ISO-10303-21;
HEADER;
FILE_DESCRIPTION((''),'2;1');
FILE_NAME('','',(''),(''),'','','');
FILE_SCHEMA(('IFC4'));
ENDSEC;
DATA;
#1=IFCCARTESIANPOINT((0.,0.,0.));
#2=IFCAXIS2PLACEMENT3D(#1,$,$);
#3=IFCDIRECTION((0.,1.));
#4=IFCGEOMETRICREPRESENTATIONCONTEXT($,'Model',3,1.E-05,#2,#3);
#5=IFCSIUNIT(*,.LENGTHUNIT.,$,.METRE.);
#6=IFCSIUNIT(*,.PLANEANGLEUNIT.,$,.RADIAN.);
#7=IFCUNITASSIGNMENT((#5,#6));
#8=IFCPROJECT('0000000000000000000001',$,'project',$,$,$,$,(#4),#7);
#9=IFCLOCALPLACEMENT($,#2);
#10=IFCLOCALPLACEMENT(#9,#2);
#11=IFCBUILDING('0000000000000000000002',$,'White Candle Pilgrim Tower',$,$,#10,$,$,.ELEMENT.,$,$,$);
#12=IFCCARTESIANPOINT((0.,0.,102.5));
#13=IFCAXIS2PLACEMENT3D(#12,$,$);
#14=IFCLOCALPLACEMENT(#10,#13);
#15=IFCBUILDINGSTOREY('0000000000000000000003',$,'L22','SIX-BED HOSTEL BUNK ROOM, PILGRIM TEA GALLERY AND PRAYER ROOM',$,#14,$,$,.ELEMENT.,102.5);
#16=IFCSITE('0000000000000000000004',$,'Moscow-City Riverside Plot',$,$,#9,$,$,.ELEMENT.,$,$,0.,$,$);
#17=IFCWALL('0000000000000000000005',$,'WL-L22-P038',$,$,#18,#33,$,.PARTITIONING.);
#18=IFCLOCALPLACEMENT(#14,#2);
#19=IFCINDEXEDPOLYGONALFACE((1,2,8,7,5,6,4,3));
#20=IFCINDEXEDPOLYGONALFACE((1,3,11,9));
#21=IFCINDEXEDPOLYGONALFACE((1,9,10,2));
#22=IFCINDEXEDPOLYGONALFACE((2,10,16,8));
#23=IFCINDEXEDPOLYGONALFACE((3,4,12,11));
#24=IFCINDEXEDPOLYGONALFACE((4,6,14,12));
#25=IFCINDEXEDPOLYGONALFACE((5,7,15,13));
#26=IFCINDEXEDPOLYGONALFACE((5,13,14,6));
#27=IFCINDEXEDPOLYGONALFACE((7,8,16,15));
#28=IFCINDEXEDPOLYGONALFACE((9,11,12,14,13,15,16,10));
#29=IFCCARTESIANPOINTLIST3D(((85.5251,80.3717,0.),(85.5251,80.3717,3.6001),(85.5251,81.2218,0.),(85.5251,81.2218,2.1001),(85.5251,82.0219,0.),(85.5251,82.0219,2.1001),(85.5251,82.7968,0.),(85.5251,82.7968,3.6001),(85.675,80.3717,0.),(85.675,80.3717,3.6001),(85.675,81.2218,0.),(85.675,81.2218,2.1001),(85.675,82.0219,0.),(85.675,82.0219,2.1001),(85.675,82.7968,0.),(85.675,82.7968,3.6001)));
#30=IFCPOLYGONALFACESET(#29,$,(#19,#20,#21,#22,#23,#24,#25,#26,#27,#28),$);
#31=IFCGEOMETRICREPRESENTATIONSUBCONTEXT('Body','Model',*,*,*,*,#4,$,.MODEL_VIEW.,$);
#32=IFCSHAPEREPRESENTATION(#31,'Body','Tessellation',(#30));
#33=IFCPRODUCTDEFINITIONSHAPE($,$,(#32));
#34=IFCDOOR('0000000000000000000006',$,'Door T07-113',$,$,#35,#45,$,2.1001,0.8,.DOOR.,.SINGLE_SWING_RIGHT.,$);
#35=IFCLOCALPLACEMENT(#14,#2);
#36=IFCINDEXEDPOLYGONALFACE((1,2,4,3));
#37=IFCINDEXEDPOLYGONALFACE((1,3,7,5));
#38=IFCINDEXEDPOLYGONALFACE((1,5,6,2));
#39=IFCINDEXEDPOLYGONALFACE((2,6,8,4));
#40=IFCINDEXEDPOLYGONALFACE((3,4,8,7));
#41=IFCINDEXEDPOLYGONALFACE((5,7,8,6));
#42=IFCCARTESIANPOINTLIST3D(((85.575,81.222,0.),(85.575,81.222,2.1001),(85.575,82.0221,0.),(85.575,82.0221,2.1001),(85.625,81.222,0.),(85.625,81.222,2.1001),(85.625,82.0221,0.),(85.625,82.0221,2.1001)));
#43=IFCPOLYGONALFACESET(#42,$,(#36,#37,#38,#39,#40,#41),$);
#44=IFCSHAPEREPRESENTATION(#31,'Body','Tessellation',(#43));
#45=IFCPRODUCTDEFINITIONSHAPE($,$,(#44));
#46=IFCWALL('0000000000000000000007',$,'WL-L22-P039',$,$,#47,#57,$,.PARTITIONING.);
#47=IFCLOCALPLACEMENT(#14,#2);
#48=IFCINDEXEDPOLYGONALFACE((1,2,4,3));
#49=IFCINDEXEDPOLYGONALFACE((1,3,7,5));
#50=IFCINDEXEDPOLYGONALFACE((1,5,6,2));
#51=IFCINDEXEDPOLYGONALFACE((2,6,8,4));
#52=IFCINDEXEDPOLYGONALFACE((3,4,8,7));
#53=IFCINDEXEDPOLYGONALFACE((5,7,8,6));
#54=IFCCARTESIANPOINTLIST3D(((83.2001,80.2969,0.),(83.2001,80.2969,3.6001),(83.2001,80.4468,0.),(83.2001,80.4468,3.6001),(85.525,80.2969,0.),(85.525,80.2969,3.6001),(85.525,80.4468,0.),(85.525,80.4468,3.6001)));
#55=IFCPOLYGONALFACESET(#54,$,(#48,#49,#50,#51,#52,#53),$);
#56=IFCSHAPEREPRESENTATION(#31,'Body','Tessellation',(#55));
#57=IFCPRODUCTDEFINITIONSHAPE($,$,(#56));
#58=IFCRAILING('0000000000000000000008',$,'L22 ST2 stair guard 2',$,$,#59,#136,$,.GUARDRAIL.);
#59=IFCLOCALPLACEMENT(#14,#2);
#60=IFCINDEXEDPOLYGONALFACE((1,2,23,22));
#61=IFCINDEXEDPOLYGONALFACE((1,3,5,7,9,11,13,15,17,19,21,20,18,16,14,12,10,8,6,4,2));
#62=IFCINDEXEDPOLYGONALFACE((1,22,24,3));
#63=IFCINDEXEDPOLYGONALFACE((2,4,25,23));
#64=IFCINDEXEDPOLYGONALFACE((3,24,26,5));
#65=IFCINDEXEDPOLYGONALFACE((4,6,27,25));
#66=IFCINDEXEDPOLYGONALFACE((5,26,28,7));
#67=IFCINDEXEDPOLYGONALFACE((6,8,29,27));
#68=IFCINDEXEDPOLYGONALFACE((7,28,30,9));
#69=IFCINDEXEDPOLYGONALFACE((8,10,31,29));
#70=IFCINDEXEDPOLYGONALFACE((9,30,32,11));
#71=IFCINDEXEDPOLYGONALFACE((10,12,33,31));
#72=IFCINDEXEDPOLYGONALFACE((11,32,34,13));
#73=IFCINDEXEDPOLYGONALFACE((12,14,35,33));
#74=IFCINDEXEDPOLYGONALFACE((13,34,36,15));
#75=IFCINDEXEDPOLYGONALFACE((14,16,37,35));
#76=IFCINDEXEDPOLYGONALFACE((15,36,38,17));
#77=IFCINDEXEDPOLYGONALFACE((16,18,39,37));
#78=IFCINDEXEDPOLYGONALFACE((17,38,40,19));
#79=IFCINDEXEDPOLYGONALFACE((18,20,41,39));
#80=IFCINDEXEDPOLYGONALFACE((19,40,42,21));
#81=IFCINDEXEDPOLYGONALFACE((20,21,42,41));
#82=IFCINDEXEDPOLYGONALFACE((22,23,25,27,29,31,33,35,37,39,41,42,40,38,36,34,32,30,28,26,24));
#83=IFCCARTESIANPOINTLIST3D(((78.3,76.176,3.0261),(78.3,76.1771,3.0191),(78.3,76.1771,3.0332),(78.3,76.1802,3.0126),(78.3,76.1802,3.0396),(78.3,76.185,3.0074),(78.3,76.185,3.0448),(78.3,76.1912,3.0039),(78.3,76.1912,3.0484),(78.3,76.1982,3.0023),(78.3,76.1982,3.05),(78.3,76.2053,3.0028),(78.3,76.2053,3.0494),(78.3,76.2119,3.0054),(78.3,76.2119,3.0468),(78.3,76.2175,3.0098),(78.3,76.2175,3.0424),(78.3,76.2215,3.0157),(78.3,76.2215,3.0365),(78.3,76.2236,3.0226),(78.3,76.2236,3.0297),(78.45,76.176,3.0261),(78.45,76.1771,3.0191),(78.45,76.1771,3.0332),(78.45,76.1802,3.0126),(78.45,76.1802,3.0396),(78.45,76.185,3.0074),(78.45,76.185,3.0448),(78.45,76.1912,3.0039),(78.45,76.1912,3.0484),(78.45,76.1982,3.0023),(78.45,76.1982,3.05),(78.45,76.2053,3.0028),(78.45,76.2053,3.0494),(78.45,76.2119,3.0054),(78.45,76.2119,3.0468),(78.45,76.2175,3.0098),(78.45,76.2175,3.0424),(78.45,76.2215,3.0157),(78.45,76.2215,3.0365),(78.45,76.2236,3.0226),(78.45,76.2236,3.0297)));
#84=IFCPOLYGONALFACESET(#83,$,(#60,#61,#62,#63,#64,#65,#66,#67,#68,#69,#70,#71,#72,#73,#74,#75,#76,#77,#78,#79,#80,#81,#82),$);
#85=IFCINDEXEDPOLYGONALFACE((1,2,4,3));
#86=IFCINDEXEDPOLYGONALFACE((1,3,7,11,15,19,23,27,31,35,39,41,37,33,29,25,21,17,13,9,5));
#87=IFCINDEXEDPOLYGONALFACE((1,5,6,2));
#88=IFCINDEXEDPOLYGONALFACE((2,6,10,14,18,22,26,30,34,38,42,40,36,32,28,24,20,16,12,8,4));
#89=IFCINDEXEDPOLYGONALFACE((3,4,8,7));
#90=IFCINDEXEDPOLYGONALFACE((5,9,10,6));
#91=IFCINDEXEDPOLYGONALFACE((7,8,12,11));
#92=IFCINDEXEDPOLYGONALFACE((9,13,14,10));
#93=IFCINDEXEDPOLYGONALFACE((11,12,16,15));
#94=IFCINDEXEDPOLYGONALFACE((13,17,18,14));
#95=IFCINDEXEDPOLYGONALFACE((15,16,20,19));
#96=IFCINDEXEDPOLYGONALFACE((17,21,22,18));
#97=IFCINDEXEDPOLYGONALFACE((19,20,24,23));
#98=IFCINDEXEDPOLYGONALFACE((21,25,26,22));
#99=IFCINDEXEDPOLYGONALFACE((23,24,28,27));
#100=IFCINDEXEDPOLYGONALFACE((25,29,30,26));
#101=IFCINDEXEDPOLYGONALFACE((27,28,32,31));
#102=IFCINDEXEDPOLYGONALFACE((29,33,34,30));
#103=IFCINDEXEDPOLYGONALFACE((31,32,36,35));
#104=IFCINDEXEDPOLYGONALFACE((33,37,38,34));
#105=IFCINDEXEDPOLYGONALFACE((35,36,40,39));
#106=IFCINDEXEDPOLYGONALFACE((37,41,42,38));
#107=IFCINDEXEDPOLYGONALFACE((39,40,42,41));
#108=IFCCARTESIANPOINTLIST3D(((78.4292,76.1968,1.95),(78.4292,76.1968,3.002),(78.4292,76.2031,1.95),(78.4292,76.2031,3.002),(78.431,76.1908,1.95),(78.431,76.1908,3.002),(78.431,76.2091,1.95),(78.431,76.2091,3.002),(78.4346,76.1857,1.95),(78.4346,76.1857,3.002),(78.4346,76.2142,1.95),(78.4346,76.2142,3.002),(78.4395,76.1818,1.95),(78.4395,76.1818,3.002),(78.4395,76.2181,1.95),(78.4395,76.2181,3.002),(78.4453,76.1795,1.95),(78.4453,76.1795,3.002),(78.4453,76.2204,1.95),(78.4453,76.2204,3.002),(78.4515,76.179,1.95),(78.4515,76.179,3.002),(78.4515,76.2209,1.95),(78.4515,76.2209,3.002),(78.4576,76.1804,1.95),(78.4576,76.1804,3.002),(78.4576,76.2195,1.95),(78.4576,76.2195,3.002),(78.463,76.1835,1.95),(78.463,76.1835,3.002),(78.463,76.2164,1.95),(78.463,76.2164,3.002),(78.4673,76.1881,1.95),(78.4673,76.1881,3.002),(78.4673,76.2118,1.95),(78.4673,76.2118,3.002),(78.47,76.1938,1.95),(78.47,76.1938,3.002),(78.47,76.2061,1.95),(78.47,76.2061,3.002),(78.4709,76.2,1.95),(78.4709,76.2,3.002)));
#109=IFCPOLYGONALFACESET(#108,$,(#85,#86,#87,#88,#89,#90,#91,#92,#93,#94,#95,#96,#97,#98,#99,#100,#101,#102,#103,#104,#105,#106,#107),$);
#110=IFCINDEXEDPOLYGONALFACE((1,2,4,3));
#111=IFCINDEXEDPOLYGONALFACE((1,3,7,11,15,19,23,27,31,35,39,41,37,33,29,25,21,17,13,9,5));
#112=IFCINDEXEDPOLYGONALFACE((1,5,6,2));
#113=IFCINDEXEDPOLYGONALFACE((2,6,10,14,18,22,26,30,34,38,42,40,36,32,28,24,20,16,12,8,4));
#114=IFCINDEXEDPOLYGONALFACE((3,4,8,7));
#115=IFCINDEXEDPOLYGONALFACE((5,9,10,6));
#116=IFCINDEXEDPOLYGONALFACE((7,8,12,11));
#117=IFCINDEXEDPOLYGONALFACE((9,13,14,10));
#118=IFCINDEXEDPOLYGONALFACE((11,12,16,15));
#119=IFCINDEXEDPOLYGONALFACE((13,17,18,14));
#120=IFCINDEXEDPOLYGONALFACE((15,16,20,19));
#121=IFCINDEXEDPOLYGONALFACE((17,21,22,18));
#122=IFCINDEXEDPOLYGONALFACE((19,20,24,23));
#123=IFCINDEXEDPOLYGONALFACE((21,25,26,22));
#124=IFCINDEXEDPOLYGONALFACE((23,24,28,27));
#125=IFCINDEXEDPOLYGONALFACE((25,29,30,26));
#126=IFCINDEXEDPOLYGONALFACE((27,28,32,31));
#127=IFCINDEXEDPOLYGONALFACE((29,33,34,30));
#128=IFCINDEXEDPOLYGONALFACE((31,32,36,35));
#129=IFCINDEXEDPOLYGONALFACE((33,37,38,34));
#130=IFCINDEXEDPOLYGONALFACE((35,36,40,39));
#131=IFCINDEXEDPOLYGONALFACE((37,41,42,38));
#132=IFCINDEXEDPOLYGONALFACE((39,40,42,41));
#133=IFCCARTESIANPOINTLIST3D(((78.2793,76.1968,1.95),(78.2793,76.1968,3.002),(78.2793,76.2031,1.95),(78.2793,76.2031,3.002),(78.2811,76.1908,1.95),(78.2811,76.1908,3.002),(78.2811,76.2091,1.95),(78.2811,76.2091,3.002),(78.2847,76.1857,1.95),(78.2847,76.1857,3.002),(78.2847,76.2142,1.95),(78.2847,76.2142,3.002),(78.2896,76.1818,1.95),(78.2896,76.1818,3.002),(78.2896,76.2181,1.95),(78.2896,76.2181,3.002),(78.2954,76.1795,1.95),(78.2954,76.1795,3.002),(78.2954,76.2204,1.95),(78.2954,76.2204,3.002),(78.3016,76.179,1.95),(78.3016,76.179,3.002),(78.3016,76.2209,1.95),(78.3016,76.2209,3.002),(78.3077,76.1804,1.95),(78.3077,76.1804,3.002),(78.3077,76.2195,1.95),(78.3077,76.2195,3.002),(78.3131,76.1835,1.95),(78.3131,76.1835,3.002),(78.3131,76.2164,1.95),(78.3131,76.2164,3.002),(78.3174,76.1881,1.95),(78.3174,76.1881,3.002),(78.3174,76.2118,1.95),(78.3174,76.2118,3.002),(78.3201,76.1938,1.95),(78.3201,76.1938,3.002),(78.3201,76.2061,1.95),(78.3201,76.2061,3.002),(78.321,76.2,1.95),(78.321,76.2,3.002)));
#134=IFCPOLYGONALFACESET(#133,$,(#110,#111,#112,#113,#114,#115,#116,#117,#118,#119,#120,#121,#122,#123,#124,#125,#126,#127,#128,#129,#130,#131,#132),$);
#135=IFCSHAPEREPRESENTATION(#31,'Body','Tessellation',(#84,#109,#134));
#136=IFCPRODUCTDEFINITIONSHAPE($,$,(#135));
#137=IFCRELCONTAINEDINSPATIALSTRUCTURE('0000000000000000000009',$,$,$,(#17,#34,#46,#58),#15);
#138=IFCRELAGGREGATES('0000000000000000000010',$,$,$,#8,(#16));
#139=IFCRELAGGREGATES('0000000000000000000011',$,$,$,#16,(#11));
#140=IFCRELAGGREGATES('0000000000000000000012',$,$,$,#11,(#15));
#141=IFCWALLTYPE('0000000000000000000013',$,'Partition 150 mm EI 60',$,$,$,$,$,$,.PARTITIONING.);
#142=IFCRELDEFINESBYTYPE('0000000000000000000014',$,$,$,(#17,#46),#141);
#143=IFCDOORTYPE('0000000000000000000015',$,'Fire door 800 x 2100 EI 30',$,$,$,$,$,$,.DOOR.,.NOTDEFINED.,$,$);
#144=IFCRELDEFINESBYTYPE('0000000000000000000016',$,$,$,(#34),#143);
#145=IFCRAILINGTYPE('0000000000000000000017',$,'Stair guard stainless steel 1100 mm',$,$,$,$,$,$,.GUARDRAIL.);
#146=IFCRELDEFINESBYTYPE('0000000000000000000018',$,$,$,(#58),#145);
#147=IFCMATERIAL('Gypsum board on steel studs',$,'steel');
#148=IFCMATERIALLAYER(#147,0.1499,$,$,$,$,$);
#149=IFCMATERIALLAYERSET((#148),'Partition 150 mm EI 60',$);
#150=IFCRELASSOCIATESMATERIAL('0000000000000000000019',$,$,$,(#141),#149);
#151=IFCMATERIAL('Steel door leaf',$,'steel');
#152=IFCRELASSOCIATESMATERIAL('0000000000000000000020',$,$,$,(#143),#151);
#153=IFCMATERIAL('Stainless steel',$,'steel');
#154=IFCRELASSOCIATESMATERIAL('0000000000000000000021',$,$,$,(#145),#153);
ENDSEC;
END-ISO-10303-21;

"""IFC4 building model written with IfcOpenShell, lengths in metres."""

from ifc_helpers import new_model, si_unit, direction, frame, frame_2d, origin, origin_2d, place, context, subcontext, project, spatial, rectangle, circle, extrude, material, layer, layer_set, type_object, element, fill, save


model = new_model("IFC4")

# Units and contexts
model_context = context("Model", 3, precision=1e-05, world=origin(), true_north=direction((0.0, 1.0)))
body_context = subcontext(model_context, "Body", "Model", "MODEL_VIEW")
ifc_project = project(units=[si_unit("LENGTHUNIT", "METRE"), si_unit("PLANEANGLEUNIT", "RADIAN")], contexts=[model_context])

# Site, building, storey
site_placement = place(None, origin())
site = spatial("IfcSite", under=ifc_project, at=site_placement, Name="Moscow-City Riverside Plot", CompositionType="ELEMENT", RefElevation=0.0)
building_placement = place(site_placement, origin())
building = spatial("IfcBuilding", under=site, at=building_placement, Name="White Candle Pilgrim Tower", CompositionType="ELEMENT")
storey_placement = place(building_placement, frame((0.0, 0.0, 102.5)))
storey = spatial("IfcBuildingStorey", under=building, at=storey_placement, Name="L22", Description="SIX-BED HOSTEL BUNK ROOM, PILGRIM TEA GALLERY AND PRAYER ROOM", CompositionType="ELEMENT", Elevation=102.5)

# Shared definitions
ifc_material_1 = material(Name="Steel door leaf", Category="steel")

# Shared definitions
ifc_material_2 = material(Name="Gypsum board on steel studs", Category="steel")

# Shared definitions
ifc_layer_1 = layer(ifc_material_2, 0.1499)
ifc_layer_set_1 = layer_set([ifc_layer_1], Name="Partition 150 mm EI 60")
wall_type_1 = type_object("IfcWallType", Name="Partition 150 mm EI 60", PredefinedType="PARTITIONING", material=ifc_layer_set_1)

# Wall, opening, door
wall_1_placement = place(storey_placement, frame((85.6001, 80.3718, 0.0), z_axis=(0.0, 0.0, 1.0), x_axis=(0.0, 1.0, 0.0)))
wall_1 = element("IfcWall", 1, at=wall_1_placement, inside=storey, type_object=wall_type_1, Name="WL-L22-P038", PredefinedType="PARTITIONING", context=body_context, shape_type="SweptSolid", body=[
    extrude(rectangle(XDim=2.425, YDim=0.1499, at=frame_2d((1.2124, 0.0))), origin(), (0.0, 0.0, 1.0), 3.6001),
])
opening_1_placement = place(wall_1_placement, frame((0.8501, 0.0, 0.0)))
opening_1 = element("IfcOpeningElement", 2, at=opening_1_placement, cuts=wall_1, PredefinedType="OPENING", context=body_context, shape_type="SweptSolid", body=[
    extrude(rectangle(XDim=0.8, YDim=2.1001, at=frame_2d((0.3999, 1.05))), frame((0.0, 0.085, 0.0), z_axis=(0.0, -1.0, 0.0), x_axis=(1.0, 0.0, 0.0)), (0.0, 0.0, 1.0), 0.1699),
])
door_type_1 = type_object("IfcDoorType", Name="Fire door 800 x 2100 EI 30", OperationType="NOTDEFINED", PredefinedType="DOOR", material=ifc_material_1)
door_1_placement = place(opening_1_placement, frame((0.8, 0.0, 0.0), z_axis=(0.0, 0.0, 1.0), x_axis=(-1.0, 0.0, 0.0)))
door_1 = element("IfcDoor", 3, at=door_1_placement, inside=storey, type_object=door_type_1, Name="Door T07-113", OperationType="SINGLE_SWING_RIGHT", OverallHeight=2.1001, OverallWidth=0.8, PredefinedType="DOOR", context=body_context, shape_type="SweptSolid", body=[
    extrude(rectangle(XDim=0.8, YDim=2.1001, at=frame_2d((0.3999, 1.05))), frame((0.0, 0.0249, 0.0), z_axis=(0.0, -1.0, 0.0), x_axis=(1.0, 0.0, 0.0)), (0.0, 0.0, 1.0), 0.05),
])
fill(opening_1, door_1)

# Wall
wall_2_placement = place(storey_placement, frame((83.2, 80.3718, 0.0), z_axis=(0.0, 0.0, 1.0), x_axis=(1.0, 0.0, 0.0)))
element("IfcWall", 4, at=wall_2_placement, inside=storey, type_object=wall_type_1, Name="WL-L22-P039", PredefinedType="PARTITIONING", context=body_context, shape_type="SweptSolid", body=[
    extrude(rectangle(XDim=2.325, YDim=0.1499, at=frame_2d((1.1626, 0.0))), origin(), (0.0, 0.0, 1.0), 3.6001),
])

# Railing
ifc_material_3 = material(Name="Stainless steel", Category="steel")
railing_type = type_object("IfcRailingType", Name="Stair guard stainless steel 1100 mm", PredefinedType="GUARDRAIL", material=ifc_material_3)
railing_1_placement = place(storey_placement, frame((78.45, 76.2, 1.95)))
element("IfcRailing", 5, at=railing_1_placement, inside=storey, type_object=railing_type, Name="L22 ST2 stair guard 2", PredefinedType="GUARDRAIL", context=body_context, shape_type="SweptSolid", body=[
    extrude(circle(Radius=0.0239, at=origin_2d()), frame((0.0, 0.0, 1.0762), z_axis=(-1.0, 0.0, 0.0), x_axis=(0.0, -1.0, 0.0)), (0.0, 0.0, 1.0), 0.1499),
    extrude(circle(Radius=0.021, at=origin_2d()), origin(), (0.0, 0.0, 1.0), 1.052),
    extrude(circle(Radius=0.021, at=origin_2d()), frame((-0.1499, 0.0, 0.0)), (0.0, 0.0, 1.0), 1.052),
])

save(model, "model.ifc")
